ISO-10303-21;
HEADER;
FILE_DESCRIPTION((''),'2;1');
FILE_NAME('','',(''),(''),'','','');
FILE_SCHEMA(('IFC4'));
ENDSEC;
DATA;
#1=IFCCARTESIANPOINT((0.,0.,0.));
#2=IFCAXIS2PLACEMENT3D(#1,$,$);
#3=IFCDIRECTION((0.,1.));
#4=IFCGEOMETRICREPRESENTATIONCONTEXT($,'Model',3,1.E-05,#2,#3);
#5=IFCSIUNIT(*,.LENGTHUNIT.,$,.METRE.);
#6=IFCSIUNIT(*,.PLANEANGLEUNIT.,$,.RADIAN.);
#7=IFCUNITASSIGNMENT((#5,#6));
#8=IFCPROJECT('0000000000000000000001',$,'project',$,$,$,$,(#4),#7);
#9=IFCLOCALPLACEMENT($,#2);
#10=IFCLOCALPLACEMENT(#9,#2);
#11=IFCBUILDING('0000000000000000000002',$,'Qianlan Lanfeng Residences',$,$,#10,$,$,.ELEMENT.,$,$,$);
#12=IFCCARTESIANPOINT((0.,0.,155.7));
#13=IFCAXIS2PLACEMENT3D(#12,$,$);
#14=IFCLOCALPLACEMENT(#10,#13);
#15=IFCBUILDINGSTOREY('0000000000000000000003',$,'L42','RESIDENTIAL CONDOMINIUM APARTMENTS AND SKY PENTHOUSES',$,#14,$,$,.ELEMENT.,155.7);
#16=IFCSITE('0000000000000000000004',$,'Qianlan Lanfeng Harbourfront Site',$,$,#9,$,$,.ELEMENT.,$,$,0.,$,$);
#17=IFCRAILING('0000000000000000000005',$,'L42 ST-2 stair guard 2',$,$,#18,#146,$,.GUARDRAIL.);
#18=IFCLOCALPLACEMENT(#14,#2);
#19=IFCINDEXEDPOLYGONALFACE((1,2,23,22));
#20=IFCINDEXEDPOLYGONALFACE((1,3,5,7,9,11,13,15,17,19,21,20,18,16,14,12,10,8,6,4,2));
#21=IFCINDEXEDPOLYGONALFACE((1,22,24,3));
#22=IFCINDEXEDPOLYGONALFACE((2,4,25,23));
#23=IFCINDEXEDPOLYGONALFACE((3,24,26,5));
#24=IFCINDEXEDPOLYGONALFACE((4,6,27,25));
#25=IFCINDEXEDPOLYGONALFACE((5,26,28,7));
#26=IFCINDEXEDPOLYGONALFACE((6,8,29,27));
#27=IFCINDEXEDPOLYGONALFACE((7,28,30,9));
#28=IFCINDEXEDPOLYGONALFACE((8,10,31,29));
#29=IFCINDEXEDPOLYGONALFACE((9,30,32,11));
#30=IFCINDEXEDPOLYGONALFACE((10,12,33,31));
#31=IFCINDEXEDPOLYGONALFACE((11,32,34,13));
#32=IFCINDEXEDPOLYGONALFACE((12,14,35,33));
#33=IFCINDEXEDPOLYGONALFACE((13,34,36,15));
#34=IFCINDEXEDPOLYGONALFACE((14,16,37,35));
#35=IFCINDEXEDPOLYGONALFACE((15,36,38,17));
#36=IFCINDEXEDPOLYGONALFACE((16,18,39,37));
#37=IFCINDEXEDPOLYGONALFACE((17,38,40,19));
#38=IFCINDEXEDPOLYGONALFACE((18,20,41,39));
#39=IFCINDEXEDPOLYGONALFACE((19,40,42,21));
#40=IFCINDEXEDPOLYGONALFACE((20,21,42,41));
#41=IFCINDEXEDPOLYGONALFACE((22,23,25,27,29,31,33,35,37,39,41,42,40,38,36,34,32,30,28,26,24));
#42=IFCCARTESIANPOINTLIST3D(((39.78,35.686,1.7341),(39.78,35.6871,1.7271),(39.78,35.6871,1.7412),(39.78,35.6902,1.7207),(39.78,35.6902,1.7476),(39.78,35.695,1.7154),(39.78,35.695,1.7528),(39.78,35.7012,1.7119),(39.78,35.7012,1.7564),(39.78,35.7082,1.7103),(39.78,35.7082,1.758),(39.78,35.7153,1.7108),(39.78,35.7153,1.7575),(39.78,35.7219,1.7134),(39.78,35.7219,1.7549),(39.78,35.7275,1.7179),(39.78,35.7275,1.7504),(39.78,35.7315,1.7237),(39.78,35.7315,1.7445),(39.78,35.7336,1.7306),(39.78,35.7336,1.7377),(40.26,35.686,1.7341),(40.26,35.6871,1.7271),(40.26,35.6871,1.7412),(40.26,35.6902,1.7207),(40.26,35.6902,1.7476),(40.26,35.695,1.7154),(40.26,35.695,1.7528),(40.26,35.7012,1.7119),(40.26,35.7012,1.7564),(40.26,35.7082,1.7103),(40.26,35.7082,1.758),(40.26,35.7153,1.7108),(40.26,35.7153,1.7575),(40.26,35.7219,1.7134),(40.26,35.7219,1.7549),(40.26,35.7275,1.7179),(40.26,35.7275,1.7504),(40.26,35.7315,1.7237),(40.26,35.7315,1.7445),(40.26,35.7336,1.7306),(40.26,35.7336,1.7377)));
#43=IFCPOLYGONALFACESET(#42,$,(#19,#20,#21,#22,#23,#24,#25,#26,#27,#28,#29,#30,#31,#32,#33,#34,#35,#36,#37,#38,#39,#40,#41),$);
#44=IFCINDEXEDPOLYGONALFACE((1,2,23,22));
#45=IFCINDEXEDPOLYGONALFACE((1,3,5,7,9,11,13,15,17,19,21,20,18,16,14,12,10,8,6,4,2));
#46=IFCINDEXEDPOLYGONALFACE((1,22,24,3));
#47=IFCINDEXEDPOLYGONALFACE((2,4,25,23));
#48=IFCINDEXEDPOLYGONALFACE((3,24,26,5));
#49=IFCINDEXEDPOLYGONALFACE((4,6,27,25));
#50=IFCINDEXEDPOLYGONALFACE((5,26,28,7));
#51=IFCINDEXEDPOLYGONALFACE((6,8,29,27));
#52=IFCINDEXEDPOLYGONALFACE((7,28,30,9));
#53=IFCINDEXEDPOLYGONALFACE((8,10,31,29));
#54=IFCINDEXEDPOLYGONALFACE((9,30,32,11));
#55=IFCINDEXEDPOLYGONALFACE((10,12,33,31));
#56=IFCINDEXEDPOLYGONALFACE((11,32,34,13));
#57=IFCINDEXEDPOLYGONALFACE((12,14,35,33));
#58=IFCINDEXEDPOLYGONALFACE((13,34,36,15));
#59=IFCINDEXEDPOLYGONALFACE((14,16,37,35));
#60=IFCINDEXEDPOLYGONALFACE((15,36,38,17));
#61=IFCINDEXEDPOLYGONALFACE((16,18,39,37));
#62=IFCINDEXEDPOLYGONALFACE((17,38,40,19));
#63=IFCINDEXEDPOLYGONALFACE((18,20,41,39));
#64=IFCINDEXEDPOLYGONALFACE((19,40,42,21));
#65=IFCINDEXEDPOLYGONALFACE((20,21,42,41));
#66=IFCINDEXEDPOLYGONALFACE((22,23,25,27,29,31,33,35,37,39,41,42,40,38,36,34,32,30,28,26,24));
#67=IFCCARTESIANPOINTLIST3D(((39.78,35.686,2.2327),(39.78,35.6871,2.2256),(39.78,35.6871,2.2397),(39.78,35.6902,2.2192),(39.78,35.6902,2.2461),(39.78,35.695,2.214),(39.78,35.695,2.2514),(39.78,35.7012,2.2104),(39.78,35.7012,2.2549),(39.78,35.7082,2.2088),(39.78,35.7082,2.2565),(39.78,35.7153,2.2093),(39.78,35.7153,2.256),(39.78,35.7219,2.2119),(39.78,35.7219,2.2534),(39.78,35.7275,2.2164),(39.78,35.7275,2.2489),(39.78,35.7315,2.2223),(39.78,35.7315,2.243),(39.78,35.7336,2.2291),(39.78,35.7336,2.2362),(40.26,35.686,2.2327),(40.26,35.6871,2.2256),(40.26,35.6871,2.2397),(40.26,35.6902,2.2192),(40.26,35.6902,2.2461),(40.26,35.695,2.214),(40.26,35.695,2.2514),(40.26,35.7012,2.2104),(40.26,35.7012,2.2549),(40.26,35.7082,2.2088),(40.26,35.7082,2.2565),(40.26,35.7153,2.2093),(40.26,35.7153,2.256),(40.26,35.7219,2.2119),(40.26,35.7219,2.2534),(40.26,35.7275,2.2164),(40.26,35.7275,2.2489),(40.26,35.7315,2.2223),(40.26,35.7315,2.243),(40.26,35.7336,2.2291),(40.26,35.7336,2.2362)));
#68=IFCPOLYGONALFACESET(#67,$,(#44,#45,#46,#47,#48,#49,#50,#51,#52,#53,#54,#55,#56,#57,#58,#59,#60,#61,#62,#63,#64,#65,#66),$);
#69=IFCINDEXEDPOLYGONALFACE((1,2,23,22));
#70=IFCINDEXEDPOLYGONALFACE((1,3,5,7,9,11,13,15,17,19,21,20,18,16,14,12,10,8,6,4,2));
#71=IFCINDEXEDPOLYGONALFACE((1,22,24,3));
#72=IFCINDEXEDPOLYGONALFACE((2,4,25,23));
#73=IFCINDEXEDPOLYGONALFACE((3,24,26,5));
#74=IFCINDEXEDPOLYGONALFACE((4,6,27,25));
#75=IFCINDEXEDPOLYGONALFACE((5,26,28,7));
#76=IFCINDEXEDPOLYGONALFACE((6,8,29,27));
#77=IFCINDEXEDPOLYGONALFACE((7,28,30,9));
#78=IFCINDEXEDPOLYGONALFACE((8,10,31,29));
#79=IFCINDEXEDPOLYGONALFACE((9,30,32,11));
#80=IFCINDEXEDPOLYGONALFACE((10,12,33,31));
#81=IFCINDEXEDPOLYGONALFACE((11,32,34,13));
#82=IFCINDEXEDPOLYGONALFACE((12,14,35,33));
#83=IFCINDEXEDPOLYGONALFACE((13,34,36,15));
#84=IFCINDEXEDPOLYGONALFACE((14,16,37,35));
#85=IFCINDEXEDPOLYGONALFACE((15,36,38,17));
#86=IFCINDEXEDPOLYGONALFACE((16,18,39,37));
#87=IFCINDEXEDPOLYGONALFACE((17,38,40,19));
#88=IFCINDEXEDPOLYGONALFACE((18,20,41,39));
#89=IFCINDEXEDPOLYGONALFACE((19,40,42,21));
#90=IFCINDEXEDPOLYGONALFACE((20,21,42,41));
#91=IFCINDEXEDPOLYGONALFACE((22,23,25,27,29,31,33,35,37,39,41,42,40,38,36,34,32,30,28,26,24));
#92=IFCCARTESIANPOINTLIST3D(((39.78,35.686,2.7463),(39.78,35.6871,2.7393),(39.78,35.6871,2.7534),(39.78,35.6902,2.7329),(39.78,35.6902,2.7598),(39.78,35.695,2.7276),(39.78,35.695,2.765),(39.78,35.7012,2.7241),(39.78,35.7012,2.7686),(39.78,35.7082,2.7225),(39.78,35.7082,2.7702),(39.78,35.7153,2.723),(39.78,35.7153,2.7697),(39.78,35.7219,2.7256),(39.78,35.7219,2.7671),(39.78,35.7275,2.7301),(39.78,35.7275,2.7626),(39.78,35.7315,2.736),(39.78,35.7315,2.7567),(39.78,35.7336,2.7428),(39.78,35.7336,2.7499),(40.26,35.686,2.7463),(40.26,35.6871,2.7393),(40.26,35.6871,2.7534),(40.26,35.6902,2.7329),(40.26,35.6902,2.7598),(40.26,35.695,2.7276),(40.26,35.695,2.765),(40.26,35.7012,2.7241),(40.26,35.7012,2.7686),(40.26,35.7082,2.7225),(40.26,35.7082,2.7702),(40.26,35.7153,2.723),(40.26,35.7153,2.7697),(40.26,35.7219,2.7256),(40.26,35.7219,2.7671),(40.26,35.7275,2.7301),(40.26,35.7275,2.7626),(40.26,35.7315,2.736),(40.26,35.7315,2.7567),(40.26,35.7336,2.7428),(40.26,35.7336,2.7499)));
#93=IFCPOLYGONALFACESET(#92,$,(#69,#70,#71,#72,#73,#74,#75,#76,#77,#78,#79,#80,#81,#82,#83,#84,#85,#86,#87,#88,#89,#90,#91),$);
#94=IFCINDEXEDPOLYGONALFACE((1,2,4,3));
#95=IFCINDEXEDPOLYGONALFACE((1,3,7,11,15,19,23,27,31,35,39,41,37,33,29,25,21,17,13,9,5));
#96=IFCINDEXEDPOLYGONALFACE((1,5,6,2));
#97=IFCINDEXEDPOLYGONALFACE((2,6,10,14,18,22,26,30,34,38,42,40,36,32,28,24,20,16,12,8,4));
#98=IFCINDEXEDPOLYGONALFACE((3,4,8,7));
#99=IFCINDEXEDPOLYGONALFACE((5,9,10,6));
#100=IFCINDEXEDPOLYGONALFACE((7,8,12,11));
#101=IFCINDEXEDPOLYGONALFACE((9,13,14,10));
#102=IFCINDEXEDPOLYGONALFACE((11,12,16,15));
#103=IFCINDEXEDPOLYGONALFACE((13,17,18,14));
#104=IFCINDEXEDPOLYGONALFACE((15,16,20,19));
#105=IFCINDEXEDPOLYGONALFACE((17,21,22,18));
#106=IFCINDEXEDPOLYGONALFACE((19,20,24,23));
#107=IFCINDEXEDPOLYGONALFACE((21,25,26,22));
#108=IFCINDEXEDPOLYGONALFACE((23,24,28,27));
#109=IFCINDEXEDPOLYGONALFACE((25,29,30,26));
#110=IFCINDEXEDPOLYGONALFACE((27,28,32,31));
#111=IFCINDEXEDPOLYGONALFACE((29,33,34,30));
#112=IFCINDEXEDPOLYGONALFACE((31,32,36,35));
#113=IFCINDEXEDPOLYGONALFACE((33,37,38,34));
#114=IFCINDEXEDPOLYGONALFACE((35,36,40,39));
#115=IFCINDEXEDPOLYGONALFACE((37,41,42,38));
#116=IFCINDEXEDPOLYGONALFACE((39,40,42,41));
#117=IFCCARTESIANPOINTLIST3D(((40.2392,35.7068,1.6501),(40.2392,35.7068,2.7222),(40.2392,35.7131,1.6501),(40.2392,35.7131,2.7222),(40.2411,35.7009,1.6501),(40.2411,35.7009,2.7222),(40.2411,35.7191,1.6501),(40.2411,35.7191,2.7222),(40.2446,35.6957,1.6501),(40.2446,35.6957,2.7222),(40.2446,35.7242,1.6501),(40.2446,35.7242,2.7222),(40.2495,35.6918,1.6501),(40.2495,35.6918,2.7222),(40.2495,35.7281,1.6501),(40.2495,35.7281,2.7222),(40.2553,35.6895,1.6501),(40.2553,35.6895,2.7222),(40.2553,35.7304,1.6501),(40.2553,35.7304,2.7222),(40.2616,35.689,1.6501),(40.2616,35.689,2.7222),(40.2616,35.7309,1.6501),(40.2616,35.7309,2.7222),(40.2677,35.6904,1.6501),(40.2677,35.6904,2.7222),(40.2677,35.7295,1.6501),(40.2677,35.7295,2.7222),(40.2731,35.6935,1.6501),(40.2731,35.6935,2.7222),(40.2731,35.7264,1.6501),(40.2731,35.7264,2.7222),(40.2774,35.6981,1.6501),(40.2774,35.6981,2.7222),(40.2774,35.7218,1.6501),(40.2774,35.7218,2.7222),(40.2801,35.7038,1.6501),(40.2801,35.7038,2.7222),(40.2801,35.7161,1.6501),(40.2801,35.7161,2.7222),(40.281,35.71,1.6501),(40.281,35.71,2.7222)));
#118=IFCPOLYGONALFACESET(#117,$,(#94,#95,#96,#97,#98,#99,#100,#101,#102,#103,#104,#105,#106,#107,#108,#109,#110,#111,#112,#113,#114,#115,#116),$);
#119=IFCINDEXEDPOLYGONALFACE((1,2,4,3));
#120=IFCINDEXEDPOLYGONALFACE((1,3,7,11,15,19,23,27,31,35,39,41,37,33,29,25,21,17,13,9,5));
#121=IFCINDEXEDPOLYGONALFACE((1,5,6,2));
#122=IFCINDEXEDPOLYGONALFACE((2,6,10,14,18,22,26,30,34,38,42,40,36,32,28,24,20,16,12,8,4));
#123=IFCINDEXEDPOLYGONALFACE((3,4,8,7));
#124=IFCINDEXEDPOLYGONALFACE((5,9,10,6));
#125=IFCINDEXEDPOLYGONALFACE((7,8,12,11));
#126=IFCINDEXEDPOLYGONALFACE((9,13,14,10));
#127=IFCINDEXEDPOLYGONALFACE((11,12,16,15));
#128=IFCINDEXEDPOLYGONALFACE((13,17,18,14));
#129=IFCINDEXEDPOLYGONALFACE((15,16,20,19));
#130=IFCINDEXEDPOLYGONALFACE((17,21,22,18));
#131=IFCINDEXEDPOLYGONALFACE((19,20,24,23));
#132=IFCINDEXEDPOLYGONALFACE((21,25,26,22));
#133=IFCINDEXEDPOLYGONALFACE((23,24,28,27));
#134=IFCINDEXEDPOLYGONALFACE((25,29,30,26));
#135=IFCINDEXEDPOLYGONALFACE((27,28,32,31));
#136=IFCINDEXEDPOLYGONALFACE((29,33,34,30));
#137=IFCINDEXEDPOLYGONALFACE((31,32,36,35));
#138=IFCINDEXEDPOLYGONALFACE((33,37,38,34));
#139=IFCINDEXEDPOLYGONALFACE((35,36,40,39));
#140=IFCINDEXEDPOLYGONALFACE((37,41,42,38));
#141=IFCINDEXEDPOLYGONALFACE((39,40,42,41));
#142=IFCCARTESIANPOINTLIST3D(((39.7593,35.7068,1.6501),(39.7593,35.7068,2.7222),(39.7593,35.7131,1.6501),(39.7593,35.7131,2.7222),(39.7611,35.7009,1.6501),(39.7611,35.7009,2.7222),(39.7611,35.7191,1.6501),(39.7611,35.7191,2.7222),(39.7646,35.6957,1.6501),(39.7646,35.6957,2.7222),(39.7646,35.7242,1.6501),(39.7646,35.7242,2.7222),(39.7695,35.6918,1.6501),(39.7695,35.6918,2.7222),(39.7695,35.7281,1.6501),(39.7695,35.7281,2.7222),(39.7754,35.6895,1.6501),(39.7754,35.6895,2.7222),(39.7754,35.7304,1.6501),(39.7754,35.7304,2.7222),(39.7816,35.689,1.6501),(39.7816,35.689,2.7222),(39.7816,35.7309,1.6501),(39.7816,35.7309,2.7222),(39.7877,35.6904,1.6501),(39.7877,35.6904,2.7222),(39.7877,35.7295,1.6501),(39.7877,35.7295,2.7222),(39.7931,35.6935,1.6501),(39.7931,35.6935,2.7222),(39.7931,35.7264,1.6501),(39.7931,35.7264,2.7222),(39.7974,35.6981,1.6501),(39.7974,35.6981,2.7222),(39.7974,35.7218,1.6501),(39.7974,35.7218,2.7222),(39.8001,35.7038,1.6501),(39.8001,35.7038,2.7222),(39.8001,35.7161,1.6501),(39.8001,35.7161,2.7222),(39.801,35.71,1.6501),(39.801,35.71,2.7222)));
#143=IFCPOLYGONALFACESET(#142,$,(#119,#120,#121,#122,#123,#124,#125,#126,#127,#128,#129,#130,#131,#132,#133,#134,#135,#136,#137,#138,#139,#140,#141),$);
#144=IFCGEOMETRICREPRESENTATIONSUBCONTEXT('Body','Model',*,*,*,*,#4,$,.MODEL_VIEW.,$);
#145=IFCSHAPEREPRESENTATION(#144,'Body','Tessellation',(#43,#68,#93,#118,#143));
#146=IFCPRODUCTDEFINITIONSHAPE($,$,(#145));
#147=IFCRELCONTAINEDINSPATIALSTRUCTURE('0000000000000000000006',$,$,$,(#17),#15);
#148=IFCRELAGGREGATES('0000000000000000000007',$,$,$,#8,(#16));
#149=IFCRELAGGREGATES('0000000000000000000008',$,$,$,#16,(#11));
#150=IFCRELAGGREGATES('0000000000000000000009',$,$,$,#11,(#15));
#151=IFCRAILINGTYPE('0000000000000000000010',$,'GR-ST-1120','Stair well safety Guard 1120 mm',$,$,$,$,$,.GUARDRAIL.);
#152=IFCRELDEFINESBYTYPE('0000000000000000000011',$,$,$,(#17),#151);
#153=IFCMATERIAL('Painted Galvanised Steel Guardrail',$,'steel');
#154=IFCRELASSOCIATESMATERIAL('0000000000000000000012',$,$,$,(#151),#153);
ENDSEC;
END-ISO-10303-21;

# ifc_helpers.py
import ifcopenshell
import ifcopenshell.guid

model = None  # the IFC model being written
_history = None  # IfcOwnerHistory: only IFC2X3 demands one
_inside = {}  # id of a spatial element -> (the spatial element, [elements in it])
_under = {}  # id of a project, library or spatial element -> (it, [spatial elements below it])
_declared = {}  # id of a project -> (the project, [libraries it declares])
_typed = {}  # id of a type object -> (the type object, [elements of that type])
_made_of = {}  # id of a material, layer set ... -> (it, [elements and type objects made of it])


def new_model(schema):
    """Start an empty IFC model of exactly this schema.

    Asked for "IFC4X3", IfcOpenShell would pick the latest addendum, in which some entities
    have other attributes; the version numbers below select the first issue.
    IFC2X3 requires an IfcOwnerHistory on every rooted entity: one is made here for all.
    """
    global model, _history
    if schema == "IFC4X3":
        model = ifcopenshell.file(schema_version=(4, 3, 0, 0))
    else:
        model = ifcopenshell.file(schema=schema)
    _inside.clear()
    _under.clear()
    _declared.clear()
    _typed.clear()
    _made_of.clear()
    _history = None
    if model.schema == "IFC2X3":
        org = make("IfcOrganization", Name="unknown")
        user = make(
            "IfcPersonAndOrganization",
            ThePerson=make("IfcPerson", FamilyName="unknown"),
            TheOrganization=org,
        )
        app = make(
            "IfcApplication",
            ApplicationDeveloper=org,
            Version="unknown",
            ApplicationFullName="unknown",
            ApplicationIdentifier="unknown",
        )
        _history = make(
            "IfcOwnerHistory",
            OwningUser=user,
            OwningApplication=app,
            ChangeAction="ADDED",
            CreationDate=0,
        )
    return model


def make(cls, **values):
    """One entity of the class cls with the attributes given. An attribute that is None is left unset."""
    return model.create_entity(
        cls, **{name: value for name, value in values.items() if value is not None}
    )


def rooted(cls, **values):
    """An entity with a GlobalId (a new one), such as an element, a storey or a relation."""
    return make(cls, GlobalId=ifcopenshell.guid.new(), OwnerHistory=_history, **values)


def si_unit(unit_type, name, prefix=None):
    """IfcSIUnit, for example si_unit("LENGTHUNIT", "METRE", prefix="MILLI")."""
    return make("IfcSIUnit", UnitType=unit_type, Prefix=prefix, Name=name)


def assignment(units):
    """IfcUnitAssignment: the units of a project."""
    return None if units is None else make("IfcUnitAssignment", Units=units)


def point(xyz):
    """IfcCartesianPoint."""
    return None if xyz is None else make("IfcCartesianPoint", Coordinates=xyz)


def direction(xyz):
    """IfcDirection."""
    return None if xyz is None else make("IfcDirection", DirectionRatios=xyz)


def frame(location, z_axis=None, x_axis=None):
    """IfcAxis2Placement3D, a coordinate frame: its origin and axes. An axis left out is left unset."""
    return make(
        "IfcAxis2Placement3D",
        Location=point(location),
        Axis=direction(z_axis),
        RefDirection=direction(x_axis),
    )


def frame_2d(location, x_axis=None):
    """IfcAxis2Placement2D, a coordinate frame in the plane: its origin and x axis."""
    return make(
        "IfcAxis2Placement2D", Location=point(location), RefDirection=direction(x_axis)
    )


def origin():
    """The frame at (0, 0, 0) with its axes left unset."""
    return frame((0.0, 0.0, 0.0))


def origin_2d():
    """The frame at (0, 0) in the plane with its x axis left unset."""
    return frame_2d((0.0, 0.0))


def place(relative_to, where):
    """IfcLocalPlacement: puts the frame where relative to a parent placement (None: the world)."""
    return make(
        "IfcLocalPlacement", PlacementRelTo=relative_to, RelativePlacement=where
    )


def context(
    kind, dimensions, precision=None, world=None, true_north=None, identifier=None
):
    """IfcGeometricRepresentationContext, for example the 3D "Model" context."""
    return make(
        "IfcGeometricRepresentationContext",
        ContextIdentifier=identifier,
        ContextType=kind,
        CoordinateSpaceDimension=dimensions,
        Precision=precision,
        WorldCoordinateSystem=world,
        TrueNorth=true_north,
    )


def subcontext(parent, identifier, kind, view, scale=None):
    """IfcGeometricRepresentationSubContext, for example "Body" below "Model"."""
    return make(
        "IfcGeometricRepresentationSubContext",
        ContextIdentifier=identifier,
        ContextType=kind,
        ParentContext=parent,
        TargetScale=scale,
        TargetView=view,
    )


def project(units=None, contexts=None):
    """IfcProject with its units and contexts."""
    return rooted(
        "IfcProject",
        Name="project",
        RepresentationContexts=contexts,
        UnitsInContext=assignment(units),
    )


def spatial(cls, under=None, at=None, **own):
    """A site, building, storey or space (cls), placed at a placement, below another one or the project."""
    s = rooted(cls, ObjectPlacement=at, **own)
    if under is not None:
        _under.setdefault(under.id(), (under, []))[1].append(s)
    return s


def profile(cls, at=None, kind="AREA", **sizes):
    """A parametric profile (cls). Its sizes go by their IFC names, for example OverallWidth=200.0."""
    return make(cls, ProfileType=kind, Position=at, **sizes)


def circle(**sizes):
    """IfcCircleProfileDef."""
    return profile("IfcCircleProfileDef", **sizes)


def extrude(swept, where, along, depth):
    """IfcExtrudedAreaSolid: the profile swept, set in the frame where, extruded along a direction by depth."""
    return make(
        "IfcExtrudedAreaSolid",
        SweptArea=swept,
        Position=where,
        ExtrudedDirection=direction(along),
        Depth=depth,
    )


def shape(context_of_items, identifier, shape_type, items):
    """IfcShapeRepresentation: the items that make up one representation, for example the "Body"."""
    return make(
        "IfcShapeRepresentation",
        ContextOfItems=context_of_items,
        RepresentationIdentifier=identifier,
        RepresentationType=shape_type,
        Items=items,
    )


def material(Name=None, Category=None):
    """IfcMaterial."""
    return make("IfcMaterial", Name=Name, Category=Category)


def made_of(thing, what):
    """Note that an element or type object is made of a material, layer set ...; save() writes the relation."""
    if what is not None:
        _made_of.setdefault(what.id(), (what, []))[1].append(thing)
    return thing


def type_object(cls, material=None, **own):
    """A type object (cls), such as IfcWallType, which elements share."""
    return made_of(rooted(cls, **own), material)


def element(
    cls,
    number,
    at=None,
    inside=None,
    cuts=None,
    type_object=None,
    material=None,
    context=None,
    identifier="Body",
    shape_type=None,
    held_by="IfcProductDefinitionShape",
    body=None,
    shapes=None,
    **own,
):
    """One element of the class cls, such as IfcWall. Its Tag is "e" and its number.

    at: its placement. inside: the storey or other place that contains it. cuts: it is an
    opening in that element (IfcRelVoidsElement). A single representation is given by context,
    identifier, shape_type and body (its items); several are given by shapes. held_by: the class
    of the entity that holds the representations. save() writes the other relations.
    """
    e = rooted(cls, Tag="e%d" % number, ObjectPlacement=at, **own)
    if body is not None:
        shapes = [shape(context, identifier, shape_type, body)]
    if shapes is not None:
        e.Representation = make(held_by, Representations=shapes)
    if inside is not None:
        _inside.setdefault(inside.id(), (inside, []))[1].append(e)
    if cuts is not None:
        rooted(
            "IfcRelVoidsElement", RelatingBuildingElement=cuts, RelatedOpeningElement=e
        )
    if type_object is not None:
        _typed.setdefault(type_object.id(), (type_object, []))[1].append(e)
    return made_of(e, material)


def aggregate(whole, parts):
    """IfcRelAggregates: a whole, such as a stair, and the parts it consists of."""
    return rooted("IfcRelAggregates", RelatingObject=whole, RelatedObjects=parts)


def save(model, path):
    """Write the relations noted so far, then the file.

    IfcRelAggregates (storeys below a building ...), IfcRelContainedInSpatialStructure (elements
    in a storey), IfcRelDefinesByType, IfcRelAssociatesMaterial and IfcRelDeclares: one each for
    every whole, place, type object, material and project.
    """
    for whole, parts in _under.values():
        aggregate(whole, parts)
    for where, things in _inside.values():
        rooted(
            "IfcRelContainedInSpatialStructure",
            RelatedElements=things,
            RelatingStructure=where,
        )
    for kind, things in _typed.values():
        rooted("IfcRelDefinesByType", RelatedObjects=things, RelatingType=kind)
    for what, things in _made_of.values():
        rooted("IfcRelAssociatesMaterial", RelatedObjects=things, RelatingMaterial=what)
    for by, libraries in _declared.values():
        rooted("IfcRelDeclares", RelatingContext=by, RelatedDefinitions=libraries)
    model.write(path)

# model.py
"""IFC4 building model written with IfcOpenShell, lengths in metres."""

from ifc_helpers import new_model, si_unit, direction, frame, origin, origin_2d, place, context, subcontext, project, spatial, circle, extrude, material, type_object, element, save


model = new_model("IFC4")

# Units and contexts
model_context = context("Model", 3, precision=1e-05, world=origin(), true_north=direction((0.0, 1.0)))
body_context = subcontext(model_context, "Body", "Model", "MODEL_VIEW")
ifc_project = project(units=[si_unit("LENGTHUNIT", "METRE"), si_unit("PLANEANGLEUNIT", "RADIAN")], contexts=[model_context])

# Site, building, storey
site_placement = place(None, origin())
site = spatial("IfcSite", under=ifc_project, at=site_placement, Name="Qianlan Lanfeng Harbourfront Site", CompositionType="ELEMENT", RefElevation=0.0)
building_placement = place(site_placement, origin())
building = spatial("IfcBuilding", under=site, at=building_placement, Name="Qianlan Lanfeng Residences", CompositionType="ELEMENT")
storey_placement = place(building_placement, frame((0.0, 0.0, 155.7)))
storey = spatial("IfcBuildingStorey", under=building, at=storey_placement, Name="L42", Description="RESIDENTIAL CONDOMINIUM APARTMENTS AND SKY PENTHOUSES", CompositionType="ELEMENT", Elevation=155.7)

# Railing
ifc_material_1 = material(Name="Painted Galvanised Steel Guardrail", Category="steel")
railing_type_1 = type_object("IfcRailingType", Name="GR-ST-1120", Description="Stair well safety Guard 1120 mm", PredefinedType="GUARDRAIL", material=ifc_material_1)
railing_1_placement = place(storey_placement, frame((40.26, 35.71, 1.6501)))
element("IfcRailing", 1, at=railing_1_placement, inside=storey, type_object=railing_type_1, Name="L42 ST-2 stair guard 2", PredefinedType="GUARDRAIL", context=body_context, shape_type="SweptSolid", body=[
    extrude(circle(Radius=0.0239, at=origin_2d()), frame((0.0, 0.0, 0.084), z_axis=(-1.0, 0.0, 0.0), x_axis=(0.0, -1.0, 0.0)), (0.0, 0.0, 1.0), 0.48),
    extrude(circle(Radius=0.0239, at=origin_2d()), frame((0.0, 0.0, 0.5825), z_axis=(-1.0, 0.0, 0.0), x_axis=(0.0, -1.0, 0.0)), (0.0, 0.0, 1.0), 0.48),
    extrude(circle(Radius=0.0239, at=origin_2d()), frame((0.0, 0.0, 1.0962), z_axis=(-1.0, 0.0, 0.0), x_axis=(0.0, -1.0, 0.0)), (0.0, 0.0, 1.0), 0.48),
    extrude(circle(Radius=0.021, at=origin_2d()), origin(), (0.0, 0.0, 1.0), 1.072),
    extrude(circle(Radius=0.021, at=origin_2d()), frame((-0.48, 0.0, 0.0)), (0.0, 0.0, 1.0), 1.072),
])

save(model, "model.ifc")
